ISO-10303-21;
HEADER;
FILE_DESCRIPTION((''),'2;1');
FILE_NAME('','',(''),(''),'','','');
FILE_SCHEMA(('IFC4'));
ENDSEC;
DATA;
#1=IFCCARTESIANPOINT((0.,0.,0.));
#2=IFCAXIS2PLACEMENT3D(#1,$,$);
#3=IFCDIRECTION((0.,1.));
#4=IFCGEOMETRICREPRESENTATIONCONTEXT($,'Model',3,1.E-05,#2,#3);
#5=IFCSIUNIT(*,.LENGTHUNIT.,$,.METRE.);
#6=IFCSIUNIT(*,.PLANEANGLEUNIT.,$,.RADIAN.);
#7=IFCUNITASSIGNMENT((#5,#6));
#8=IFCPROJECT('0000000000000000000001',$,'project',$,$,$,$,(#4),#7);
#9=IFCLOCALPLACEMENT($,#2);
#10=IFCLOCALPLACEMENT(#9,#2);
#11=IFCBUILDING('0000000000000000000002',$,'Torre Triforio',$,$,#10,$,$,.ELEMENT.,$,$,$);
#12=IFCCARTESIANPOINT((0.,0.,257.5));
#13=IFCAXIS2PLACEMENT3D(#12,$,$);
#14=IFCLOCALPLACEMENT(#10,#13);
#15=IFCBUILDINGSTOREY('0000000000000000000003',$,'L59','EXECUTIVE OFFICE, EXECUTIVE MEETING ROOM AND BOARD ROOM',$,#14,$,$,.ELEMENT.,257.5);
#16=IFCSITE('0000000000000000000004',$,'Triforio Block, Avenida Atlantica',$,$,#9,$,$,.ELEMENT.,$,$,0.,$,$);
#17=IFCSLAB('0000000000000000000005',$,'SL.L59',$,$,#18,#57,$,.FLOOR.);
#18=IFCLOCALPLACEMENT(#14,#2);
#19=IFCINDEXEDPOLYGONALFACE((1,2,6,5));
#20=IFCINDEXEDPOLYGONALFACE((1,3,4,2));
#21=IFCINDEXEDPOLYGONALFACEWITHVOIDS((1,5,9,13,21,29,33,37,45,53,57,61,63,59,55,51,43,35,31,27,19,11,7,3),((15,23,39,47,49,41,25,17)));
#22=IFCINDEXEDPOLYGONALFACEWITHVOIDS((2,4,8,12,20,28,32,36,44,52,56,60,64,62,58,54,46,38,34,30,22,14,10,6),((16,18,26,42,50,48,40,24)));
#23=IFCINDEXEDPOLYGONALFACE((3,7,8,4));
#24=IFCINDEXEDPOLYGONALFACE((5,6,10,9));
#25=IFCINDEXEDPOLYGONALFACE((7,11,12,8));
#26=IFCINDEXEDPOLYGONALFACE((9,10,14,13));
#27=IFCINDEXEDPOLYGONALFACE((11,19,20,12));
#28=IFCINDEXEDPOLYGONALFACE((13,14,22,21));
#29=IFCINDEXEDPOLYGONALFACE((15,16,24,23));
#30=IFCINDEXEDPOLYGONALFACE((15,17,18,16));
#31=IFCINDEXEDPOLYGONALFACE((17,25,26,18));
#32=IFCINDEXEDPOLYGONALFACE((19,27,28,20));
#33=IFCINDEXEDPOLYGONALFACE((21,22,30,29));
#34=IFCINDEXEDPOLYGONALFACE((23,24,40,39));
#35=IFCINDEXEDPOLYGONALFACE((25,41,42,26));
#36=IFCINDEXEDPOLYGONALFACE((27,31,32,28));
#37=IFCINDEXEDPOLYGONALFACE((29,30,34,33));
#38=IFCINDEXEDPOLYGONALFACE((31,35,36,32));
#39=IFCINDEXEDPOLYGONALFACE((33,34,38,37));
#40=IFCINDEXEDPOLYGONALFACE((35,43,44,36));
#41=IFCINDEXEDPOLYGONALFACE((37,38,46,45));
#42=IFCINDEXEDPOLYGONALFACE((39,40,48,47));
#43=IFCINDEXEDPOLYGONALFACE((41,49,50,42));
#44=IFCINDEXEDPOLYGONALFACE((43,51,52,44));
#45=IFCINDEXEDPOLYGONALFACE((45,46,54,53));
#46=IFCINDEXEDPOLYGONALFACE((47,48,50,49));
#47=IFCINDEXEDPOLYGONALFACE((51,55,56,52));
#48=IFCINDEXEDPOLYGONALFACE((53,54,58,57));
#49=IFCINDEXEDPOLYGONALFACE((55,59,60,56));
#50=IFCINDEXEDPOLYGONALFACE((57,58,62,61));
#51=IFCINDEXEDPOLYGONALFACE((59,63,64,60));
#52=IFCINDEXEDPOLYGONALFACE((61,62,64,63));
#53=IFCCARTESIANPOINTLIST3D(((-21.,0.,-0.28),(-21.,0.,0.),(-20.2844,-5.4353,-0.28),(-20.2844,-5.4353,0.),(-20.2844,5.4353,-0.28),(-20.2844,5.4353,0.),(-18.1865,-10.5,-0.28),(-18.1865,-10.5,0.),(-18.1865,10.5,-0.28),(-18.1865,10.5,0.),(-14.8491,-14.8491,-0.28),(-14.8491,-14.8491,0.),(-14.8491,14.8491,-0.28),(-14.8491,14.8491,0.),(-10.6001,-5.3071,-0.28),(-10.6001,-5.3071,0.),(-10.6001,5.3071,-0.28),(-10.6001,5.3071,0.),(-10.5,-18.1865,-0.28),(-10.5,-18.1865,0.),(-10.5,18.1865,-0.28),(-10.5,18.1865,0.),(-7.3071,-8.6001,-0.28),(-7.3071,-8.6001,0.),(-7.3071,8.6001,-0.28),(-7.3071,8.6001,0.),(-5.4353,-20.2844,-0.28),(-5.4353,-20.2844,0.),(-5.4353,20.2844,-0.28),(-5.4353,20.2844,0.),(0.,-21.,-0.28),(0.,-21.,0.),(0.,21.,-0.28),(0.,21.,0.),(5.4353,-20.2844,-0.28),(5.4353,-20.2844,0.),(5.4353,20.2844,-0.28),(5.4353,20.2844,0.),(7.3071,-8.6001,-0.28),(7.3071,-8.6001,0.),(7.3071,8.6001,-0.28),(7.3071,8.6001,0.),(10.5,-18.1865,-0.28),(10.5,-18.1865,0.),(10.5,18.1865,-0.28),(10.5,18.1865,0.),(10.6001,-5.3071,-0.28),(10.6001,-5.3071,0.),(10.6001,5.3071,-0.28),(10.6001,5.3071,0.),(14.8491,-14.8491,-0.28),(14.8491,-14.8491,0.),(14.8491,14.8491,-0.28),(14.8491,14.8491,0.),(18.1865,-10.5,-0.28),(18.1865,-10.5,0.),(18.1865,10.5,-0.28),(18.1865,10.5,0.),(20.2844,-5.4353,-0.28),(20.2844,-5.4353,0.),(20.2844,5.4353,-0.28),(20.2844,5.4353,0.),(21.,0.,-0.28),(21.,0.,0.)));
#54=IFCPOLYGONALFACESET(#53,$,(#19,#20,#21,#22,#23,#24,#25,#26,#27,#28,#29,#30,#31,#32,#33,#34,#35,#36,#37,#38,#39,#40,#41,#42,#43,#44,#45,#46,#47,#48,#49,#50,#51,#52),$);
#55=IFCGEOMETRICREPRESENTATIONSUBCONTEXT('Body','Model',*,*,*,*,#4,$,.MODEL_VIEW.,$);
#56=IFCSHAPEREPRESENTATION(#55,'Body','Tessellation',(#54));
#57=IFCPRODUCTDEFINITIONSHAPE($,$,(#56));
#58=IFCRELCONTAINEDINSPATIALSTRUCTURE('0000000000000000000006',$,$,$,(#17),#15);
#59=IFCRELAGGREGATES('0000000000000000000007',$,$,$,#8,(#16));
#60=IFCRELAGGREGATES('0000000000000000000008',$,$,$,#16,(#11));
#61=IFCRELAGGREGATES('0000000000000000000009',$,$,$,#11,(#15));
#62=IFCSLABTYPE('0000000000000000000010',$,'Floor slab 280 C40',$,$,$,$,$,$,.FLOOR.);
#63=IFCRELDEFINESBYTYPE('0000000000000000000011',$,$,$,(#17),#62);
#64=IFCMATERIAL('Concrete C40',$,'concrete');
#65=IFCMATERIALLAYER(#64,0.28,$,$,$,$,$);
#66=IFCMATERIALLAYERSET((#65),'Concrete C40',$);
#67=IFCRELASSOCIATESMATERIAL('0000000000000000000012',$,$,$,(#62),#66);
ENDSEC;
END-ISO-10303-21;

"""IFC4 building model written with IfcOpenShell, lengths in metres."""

from ifc_helpers import new_model, si_unit, direction, frame, origin, place, context, subcontext, project, spatial, polyline, outline, extrude, material, layer, layer_set, type_object, element, save


model = new_model("IFC4")

# Units and contexts
model_context = context("Model", 3, precision=1e-05, world=origin(), true_north=direction((0.0, 1.0)))
body_context = subcontext(model_context, "Body", "Model", "MODEL_VIEW")
ifc_project = project(units=[si_unit("LENGTHUNIT", "METRE"), si_unit("PLANEANGLEUNIT", "RADIAN")], contexts=[model_context])

# Site, building, storey
site_placement = place(None, origin())
site = spatial("IfcSite", under=ifc_project, at=site_placement, Name="Triforio Block, Avenida Atlantica", CompositionType="ELEMENT", RefElevation=0.0)
building_placement = place(site_placement, origin())
building = spatial("IfcBuilding", under=site, at=building_placement, Name="Torre Triforio", CompositionType="ELEMENT")
storey_placement = place(building_placement, frame((0.0, 0.0, 257.5)))
storey = spatial("IfcBuildingStorey", under=building, at=storey_placement, Name="L59", Description="EXECUTIVE OFFICE, EXECUTIVE MEETING ROOM AND BOARD ROOM", CompositionType="ELEMENT", Elevation=257.5)

# Slab
ifc_material_1 = material(Name="Concrete C40", Category="concrete")
ifc_layer_1 = layer(ifc_material_1, 0.28)
ifc_layer_set_1 = layer_set([ifc_layer_1], Name="Concrete C40")
slab_type_1 = type_object("IfcSlabType", Name="Floor slab 280 C40", PredefinedType="FLOOR", material=ifc_layer_set_1)
slab_1_placement = place(storey_placement, frame((0.0, 0.0, -0.28)))
element("IfcSlab", 1, at=slab_1_placement, inside=storey, type_object=slab_type_1, Name="SL.L59", PredefinedType="FLOOR", context=body_context, shape_type="SweptSolid", body=[
    extrude(outline(polyline([(18.1865, -10.5), (20.2844, -5.4353), (21.0, 0.0), (20.2844, 5.4353), (18.1865, 10.5), (14.8491, 14.8491), (10.5, 18.1865), (5.4353, 20.2844), (0.0, 21.0), (-5.4353, 20.2844), (-10.5, 18.1865), (-14.8491, 14.8491), (-18.1865, 10.5), (-20.2844, 5.4353), (-21.0, 0.0), (-20.2844, -5.4353), (-18.1865, -10.5), (-14.8491, -14.8491), (-10.5, -18.1865), (-5.4353, -20.2844), (0.0, -21.0), (5.4353, -20.2844), (10.5, -18.1865), (14.8491, -14.8491), (18.1865, -10.5)]), holes=[polyline([(10.6001, 5.3071), (10.6001, -5.3071), (7.3071, -8.6001), (-7.3071, -8.6001), (-10.6001, -5.3071), (-10.6001, 5.3071), (-7.3071, 8.6001), (7.3071, 8.6001), (10.6001, 5.3071)])]), origin(), (0.0, 0.0, 1.0), 0.28),
])

save(model, "model.ifc")
